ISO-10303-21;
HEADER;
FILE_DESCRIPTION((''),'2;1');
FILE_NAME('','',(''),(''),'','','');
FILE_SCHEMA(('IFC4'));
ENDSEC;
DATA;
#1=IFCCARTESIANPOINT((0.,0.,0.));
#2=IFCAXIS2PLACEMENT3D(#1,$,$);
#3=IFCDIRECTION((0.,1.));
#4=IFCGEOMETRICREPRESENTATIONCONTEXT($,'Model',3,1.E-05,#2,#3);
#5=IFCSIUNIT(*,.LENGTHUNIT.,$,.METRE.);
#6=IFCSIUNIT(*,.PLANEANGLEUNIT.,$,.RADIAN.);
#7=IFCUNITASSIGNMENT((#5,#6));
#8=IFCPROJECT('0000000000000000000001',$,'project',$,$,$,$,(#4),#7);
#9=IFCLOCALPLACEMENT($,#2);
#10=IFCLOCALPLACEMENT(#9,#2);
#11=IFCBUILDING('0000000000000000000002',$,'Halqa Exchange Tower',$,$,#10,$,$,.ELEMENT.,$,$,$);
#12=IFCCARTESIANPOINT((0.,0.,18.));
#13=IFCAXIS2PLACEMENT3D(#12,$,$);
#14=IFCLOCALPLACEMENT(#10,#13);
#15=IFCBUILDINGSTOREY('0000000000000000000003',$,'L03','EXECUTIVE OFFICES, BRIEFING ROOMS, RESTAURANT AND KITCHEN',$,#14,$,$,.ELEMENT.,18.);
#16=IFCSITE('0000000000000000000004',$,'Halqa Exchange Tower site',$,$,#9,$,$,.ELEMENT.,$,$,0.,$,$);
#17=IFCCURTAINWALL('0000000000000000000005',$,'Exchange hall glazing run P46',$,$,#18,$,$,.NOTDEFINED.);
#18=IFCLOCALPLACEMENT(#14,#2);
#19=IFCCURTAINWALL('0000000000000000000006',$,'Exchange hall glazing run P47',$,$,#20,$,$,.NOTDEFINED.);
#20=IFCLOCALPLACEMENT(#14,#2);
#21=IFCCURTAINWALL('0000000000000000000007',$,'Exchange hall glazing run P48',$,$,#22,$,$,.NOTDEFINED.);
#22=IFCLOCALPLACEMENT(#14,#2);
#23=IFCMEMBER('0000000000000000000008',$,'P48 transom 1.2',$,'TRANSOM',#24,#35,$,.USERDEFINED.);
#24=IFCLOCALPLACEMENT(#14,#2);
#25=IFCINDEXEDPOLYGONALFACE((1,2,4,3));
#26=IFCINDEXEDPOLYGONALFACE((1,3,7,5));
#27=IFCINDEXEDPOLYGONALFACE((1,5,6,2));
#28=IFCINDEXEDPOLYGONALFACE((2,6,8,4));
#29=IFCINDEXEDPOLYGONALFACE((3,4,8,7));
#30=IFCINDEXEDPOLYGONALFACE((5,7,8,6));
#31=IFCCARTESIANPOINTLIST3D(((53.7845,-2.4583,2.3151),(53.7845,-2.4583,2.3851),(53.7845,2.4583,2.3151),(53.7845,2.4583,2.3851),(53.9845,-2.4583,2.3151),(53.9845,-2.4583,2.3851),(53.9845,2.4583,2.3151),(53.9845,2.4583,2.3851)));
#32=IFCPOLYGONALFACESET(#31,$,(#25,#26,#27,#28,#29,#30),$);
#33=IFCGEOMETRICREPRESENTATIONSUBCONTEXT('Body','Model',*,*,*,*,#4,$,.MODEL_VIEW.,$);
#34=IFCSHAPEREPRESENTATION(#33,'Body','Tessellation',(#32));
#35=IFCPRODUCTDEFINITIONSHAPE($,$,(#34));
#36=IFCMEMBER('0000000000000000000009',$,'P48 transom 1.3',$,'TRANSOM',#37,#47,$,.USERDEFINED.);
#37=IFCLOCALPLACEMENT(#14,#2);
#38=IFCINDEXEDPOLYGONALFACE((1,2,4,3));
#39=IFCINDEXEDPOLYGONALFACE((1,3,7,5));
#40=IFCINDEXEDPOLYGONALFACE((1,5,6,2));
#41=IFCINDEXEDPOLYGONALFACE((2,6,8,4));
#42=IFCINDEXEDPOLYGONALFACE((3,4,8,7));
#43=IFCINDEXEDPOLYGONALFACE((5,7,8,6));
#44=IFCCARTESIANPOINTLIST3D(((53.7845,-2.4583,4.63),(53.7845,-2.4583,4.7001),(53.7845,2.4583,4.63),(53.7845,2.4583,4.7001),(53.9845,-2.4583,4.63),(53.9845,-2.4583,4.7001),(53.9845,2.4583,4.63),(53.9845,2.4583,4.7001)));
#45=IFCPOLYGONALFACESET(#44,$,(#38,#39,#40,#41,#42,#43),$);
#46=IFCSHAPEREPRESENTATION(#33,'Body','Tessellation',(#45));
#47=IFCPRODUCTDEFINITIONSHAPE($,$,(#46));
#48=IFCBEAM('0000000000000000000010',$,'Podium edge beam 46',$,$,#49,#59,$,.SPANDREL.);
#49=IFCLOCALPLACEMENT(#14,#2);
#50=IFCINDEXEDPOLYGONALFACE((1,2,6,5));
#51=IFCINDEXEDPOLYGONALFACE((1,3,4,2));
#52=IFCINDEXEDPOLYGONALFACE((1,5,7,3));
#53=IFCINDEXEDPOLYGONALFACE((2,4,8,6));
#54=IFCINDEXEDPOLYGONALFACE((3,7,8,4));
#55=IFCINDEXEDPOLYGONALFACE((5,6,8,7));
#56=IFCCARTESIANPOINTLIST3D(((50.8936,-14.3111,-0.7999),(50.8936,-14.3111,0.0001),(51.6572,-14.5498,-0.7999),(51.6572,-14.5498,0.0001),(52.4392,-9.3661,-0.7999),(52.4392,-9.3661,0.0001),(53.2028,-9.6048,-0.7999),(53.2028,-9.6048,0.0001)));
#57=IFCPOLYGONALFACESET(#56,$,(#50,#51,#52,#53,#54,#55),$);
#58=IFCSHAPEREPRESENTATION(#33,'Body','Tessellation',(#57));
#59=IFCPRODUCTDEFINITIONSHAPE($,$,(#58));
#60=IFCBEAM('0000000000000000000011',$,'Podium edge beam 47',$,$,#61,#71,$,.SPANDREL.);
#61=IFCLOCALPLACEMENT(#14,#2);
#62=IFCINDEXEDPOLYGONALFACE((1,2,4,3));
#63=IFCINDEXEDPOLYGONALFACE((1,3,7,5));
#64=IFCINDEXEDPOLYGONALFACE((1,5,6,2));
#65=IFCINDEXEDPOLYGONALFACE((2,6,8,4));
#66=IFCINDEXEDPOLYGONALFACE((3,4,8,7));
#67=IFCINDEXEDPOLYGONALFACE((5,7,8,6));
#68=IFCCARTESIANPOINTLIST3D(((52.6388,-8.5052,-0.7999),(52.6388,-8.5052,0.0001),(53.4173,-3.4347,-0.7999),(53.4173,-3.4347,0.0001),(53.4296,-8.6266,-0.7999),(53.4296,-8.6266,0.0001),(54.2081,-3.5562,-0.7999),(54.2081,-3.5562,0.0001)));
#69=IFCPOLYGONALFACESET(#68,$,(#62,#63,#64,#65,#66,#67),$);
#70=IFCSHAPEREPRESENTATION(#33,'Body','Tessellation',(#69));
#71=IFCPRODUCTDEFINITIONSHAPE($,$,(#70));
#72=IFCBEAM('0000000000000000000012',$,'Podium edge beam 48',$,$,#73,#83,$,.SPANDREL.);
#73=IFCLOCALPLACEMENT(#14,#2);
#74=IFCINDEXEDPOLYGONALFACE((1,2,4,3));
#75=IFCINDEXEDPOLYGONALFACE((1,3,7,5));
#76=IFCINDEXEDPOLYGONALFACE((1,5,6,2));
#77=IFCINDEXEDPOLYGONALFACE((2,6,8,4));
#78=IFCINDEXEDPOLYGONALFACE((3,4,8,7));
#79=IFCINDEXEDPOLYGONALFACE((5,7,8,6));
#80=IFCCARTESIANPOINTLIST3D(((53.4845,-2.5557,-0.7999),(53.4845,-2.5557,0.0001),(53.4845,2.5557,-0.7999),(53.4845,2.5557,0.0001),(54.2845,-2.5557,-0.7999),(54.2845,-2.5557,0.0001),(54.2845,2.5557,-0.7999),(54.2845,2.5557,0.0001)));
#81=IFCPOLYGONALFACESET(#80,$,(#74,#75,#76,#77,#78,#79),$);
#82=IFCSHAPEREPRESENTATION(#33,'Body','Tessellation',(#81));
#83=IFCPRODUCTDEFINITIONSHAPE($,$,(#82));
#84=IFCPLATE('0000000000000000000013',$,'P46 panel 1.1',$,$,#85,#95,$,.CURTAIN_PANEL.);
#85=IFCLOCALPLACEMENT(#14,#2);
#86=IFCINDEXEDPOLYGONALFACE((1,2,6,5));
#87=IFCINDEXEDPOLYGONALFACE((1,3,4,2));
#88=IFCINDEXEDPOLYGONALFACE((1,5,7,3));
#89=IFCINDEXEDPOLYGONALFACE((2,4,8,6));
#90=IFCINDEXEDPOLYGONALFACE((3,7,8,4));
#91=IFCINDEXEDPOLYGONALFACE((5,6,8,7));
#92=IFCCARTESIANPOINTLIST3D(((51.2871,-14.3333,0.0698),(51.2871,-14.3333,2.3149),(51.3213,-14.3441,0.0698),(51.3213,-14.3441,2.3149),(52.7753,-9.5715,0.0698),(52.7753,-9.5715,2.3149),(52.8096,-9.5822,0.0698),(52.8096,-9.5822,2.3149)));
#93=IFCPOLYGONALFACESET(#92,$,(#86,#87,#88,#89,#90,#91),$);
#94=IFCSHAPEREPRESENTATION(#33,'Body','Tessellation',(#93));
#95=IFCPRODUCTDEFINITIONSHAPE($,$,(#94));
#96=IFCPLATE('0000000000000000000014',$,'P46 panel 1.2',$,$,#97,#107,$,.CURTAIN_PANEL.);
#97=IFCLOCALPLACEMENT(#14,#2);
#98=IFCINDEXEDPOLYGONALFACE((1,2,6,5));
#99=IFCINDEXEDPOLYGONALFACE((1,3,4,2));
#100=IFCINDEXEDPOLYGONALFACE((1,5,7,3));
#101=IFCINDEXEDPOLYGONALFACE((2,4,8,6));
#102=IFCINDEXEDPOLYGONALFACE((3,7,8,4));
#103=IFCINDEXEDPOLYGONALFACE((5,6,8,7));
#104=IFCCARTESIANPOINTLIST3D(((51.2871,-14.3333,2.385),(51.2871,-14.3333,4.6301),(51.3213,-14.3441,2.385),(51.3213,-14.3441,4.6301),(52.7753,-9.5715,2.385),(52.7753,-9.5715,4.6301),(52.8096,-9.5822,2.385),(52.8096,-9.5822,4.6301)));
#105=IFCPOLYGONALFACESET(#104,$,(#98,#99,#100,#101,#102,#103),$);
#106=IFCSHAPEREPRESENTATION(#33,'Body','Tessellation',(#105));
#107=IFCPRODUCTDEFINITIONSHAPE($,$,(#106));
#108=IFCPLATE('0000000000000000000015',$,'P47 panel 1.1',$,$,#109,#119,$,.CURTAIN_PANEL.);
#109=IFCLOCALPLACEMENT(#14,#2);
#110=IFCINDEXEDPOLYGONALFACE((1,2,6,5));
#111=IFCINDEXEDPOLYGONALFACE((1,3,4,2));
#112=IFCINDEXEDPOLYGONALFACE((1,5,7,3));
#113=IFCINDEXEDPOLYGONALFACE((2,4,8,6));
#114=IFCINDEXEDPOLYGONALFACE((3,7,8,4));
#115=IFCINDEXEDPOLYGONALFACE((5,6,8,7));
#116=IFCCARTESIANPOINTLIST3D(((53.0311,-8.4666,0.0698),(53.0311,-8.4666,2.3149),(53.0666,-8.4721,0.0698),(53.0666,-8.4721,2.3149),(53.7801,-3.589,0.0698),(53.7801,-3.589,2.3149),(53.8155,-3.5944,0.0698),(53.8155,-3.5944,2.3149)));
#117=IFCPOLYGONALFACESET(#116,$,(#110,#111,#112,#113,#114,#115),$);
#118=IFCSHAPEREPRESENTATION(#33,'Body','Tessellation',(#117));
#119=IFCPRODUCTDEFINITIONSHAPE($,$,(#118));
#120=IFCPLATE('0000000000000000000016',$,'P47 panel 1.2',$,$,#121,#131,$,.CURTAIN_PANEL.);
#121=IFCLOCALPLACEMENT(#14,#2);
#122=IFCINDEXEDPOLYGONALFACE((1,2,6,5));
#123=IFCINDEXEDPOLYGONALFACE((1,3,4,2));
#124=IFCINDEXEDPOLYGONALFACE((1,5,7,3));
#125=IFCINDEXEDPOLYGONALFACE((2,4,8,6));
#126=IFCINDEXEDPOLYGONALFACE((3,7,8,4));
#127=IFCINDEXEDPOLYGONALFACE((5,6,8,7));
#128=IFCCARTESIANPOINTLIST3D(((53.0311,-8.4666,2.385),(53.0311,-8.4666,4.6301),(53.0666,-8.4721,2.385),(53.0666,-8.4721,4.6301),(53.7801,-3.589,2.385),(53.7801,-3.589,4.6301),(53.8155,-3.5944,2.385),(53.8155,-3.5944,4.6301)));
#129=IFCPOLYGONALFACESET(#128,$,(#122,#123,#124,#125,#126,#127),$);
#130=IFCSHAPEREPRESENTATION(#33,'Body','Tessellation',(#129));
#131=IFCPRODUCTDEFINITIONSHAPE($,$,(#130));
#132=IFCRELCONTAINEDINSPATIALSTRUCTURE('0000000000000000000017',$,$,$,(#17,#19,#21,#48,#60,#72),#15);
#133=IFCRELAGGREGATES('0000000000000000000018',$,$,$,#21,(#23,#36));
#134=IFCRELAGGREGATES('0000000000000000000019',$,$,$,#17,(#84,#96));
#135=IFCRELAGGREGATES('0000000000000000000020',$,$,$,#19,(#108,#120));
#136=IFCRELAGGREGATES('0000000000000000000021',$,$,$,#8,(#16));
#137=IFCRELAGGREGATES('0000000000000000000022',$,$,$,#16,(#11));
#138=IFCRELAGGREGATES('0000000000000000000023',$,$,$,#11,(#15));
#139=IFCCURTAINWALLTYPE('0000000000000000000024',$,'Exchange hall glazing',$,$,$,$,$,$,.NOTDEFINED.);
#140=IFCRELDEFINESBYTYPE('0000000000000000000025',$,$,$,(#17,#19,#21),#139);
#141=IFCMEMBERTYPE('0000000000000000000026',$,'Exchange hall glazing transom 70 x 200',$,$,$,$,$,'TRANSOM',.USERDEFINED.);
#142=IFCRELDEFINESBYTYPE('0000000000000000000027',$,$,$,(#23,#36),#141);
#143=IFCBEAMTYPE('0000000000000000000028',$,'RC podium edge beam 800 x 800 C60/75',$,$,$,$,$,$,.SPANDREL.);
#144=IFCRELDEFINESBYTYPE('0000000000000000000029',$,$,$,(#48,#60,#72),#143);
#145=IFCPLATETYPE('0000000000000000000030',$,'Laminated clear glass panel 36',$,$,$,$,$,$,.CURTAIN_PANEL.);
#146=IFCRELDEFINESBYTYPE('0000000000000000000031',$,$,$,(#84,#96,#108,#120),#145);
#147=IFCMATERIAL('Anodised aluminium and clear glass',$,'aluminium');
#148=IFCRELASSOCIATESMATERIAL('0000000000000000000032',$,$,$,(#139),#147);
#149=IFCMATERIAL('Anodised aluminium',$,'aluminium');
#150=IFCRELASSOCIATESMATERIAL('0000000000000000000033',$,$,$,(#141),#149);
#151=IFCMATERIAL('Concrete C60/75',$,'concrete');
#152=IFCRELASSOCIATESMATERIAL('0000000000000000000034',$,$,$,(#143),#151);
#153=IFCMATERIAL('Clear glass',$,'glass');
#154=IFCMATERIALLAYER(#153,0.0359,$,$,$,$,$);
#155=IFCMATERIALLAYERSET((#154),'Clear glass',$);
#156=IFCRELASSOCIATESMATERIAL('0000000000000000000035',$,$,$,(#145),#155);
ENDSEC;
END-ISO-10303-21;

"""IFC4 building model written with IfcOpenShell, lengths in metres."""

from ifc_helpers import new_model, si_unit, direction, frame, origin, origin_2d, place, context, subcontext, project, spatial, rectangle, extrude, material, layer, layer_set, material_profile, profile_set, type_object, element, aggregate, save


model = new_model("IFC4")

# Units and contexts
model_context = context("Model", 3, precision=1e-05, world=origin(), true_north=direction((0.0, 1.0)))
body_context = subcontext(model_context, "Body", "Model", "MODEL_VIEW")
ifc_project = project(units=[si_unit("LENGTHUNIT", "METRE"), si_unit("PLANEANGLEUNIT", "RADIAN")], contexts=[model_context])

# Site, building, storey
site_placement = place(None, origin())
site = spatial("IfcSite", under=ifc_project, at=site_placement, Name="Halqa Exchange Tower site", CompositionType="ELEMENT", RefElevation=0.0)
building_placement = place(site_placement, origin())
building = spatial("IfcBuilding", under=site, at=building_placement, Name="Halqa Exchange Tower", CompositionType="ELEMENT")
storey_placement = place(building_placement, frame((0.0, 0.0, 18.0)))
storey = spatial("IfcBuildingStorey", under=building, at=storey_placement, Name="L03", Description="EXECUTIVE OFFICES, BRIEFING ROOMS, RESTAURANT AND KITCHEN", CompositionType="ELEMENT", Elevation=18.0)

# Shared definitions
ifc_material_1 = material(Name="Concrete C60/75", Category="concrete")

# Curtain walls
ifc_material_2 = material(Name="Anodised aluminium and clear glass", Category="aluminium")
curtain_wall_type = type_object("IfcCurtainWallType", Name="Exchange hall glazing", PredefinedType="NOTDEFINED", material=ifc_material_2)
curtain_wall_1_placement = place(storey_placement, origin())
curtain_wall_1 = element("IfcCurtainWall", 1, at=curtain_wall_1_placement, inside=storey, type_object=curtain_wall_type, Name="Exchange hall glazing run P46", PredefinedType="NOTDEFINED")
ifc_material_3 = material(Name="Anodised aluminium", Category="aluminium")
curtain_wall_2_placement = place(storey_placement, origin())
curtain_wall_2 = element("IfcCurtainWall", 2, at=curtain_wall_2_placement, inside=storey, type_object=curtain_wall_type, Name="Exchange hall glazing run P47", PredefinedType="NOTDEFINED")

# Curtain wall
curtain_wall_3_placement = place(storey_placement, origin())
curtain_wall_3 = element("IfcCurtainWall", 3, at=curtain_wall_3_placement, inside=storey, type_object=curtain_wall_type, Name="Exchange hall glazing run P48", PredefinedType="NOTDEFINED")

# Members
ifc_material_profile_1 = material_profile(ifc_material_3, rectangle(XDim=0.2, YDim=0.0701, at=origin_2d()), Name="AL 70x200")
ifc_profile_set_1 = profile_set([ifc_material_profile_1], Name="Anodised aluminium")
member_type_1 = type_object("IfcMemberType", Name="Exchange hall glazing transom 70 x 200", ElementType="TRANSOM", PredefinedType="USERDEFINED", material=ifc_profile_set_1)
member_1_placement = place(storey_placement, frame((53.8845, -2.4583, 2.3501), z_axis=(0.0, 1.0, 0.0), x_axis=(-1.0, 0.0, 0.0)))
member_1 = element("IfcMember", 4, at=member_1_placement, type_object=member_type_1, Name="P48 transom 1.2", ObjectType="TRANSOM", PredefinedType="USERDEFINED", context=body_context, shape_type="SweptSolid", body=[
    extrude(rectangle(XDim=0.2, YDim=0.0701, at=origin_2d()), origin(), (0.0, 0.0, 1.0), 4.9165),
])
member_2_placement = place(storey_placement, frame((53.8845, -2.4583, 4.665), z_axis=(0.0, 1.0, 0.0), x_axis=(-1.0, 0.0, 0.0)))
member_2 = element("IfcMember", 5, at=member_2_placement, type_object=member_type_1, Name="P48 transom 1.3", ObjectType="TRANSOM", PredefinedType="USERDEFINED", context=body_context, shape_type="SweptSolid", body=[
    extrude(rectangle(XDim=0.2, YDim=0.0701, at=origin_2d()), origin(), (0.0, 0.0, 1.0), 4.9165),
])
aggregate(curtain_wall_3, [member_1, member_2])

# Beams
ifc_material_profile_2 = material_profile(ifc_material_1, rectangle(XDim=0.8, YDim=0.8, at=origin_2d()), Name="800 x 800")
ifc_profile_set_2 = profile_set([ifc_material_profile_2], Name="Concrete C60/75")
beam_type = type_object("IfcBeamType", Name="RC podium edge beam 800 x 800 C60/75", PredefinedType="SPANDREL", material=ifc_profile_set_2)
beam_1_placement = place(storey_placement, frame((51.2754, -14.4304, -0.3999), z_axis=(0.298331, 0.954462, 0.0), x_axis=(-0.954462, 0.298331, 0.0)))
element("IfcBeam", 6, at=beam_1_placement, inside=storey, type_object=beam_type, Name="Podium edge beam 46", PredefinedType="SPANDREL", context=body_context, shape_type="SweptSolid", body=[
    extrude(rectangle(XDim=0.8, YDim=0.8, at=origin_2d()), origin(), (0.0, 0.0, 1.0), 5.1809),
])
beam_2_placement = place(storey_placement, frame((53.0342, -8.5659, -0.3999), z_axis=(0.151768, 0.988416, 0.0), x_axis=(-0.988416, 0.151768, 0.0)))
element("IfcBeam", 7, at=beam_2_placement, inside=storey, type_object=beam_type, Name="Podium edge beam 47", PredefinedType="SPANDREL", context=body_context, shape_type="SweptSolid", body=[
    extrude(rectangle(XDim=0.8, YDim=0.8, at=origin_2d()), origin(), (0.0, 0.0, 1.0), 5.1299),
])
beam_3_placement = place(storey_placement, frame((53.8845, -2.5557, -0.3999), z_axis=(0.0, 1.0, 0.0), x_axis=(-1.0, 0.0, 0.0)))
element("IfcBeam", 8, at=beam_3_placement, inside=storey, type_object=beam_type, Name="Podium edge beam 48", PredefinedType="SPANDREL", context=body_context, shape_type="SweptSolid", body=[
    extrude(rectangle(XDim=0.8, YDim=0.8, at=origin_2d()), origin(), (0.0, 0.0, 1.0), 5.1113),
])

# Plates
ifc_material_4 = material(Name="Clear glass", Category="glass")
ifc_layer = layer(ifc_material_4, 0.0359)
ifc_layer_set = layer_set([ifc_layer], Name="Clear glass")
plate_type = type_object("IfcPlateType", Name="Laminated clear glass panel 36", PredefinedType="CURTAIN_PANEL", material=ifc_layer_set)
plate_1_placement = place(storey_placement, frame((52.0483, -11.9578, 0.0698), z_axis=(0.0, 0.0, 1.0), x_axis=(0.298303, 0.954471, 0.0)))
plate_1 = element("IfcPlate", 9, at=plate_1_placement, type_object=plate_type, Name="P46 panel 1.1", PredefinedType="CURTAIN_PANEL", context=body_context, shape_type="SweptSolid", body=[
    extrude(rectangle(XDim=4.989, YDim=0.0359, at=origin_2d()), origin(), (0.0, 0.0, 1.0), 2.2451),
])
plate_2_placement = place(storey_placement, frame((52.0483, -11.9578, 2.385), z_axis=(0.0, 0.0, 1.0), x_axis=(0.298303, 0.954471, 0.0)))
plate_2 = element("IfcPlate", 10, at=plate_2_placement, type_object=plate_type, Name="P46 panel 1.2", PredefinedType="CURTAIN_PANEL", context=body_context, shape_type="SweptSolid", body=[
    extrude(rectangle(XDim=4.989, YDim=0.0359, at=origin_2d()), origin(), (0.0, 0.0, 1.0), 2.2451),
])
aggregate(curtain_wall_1, [plate_1, plate_2])
plate_3_placement = place(storey_placement, frame((53.4233, -6.0305, 0.0698), z_axis=(0.0, 0.0, 1.0), x_axis=(0.151767, 0.988416, 0.0)))
plate_3 = element("IfcPlate", 11, at=plate_3_placement, type_object=plate_type, Name="P47 panel 1.1", PredefinedType="CURTAIN_PANEL", context=body_context, shape_type="SweptSolid", body=[
    extrude(rectangle(XDim=4.9348, YDim=0.0359, at=origin_2d()), origin(), (0.0, 0.0, 1.0), 2.2451),
])
plate_4_placement = place(storey_placement, frame((53.4233, -6.0305, 2.385), z_axis=(0.0, 0.0, 1.0), x_axis=(0.151767, 0.988416, 0.0)))
plate_4 = element("IfcPlate", 12, at=plate_4_placement, type_object=plate_type, Name="P47 panel 1.2", PredefinedType="CURTAIN_PANEL", context=body_context, shape_type="SweptSolid", body=[
    extrude(rectangle(XDim=4.9348, YDim=0.0359, at=origin_2d()), origin(), (0.0, 0.0, 1.0), 2.2451),
])
aggregate(curtain_wall_2, [plate_3, plate_4])

save(model, "model.ifc")
